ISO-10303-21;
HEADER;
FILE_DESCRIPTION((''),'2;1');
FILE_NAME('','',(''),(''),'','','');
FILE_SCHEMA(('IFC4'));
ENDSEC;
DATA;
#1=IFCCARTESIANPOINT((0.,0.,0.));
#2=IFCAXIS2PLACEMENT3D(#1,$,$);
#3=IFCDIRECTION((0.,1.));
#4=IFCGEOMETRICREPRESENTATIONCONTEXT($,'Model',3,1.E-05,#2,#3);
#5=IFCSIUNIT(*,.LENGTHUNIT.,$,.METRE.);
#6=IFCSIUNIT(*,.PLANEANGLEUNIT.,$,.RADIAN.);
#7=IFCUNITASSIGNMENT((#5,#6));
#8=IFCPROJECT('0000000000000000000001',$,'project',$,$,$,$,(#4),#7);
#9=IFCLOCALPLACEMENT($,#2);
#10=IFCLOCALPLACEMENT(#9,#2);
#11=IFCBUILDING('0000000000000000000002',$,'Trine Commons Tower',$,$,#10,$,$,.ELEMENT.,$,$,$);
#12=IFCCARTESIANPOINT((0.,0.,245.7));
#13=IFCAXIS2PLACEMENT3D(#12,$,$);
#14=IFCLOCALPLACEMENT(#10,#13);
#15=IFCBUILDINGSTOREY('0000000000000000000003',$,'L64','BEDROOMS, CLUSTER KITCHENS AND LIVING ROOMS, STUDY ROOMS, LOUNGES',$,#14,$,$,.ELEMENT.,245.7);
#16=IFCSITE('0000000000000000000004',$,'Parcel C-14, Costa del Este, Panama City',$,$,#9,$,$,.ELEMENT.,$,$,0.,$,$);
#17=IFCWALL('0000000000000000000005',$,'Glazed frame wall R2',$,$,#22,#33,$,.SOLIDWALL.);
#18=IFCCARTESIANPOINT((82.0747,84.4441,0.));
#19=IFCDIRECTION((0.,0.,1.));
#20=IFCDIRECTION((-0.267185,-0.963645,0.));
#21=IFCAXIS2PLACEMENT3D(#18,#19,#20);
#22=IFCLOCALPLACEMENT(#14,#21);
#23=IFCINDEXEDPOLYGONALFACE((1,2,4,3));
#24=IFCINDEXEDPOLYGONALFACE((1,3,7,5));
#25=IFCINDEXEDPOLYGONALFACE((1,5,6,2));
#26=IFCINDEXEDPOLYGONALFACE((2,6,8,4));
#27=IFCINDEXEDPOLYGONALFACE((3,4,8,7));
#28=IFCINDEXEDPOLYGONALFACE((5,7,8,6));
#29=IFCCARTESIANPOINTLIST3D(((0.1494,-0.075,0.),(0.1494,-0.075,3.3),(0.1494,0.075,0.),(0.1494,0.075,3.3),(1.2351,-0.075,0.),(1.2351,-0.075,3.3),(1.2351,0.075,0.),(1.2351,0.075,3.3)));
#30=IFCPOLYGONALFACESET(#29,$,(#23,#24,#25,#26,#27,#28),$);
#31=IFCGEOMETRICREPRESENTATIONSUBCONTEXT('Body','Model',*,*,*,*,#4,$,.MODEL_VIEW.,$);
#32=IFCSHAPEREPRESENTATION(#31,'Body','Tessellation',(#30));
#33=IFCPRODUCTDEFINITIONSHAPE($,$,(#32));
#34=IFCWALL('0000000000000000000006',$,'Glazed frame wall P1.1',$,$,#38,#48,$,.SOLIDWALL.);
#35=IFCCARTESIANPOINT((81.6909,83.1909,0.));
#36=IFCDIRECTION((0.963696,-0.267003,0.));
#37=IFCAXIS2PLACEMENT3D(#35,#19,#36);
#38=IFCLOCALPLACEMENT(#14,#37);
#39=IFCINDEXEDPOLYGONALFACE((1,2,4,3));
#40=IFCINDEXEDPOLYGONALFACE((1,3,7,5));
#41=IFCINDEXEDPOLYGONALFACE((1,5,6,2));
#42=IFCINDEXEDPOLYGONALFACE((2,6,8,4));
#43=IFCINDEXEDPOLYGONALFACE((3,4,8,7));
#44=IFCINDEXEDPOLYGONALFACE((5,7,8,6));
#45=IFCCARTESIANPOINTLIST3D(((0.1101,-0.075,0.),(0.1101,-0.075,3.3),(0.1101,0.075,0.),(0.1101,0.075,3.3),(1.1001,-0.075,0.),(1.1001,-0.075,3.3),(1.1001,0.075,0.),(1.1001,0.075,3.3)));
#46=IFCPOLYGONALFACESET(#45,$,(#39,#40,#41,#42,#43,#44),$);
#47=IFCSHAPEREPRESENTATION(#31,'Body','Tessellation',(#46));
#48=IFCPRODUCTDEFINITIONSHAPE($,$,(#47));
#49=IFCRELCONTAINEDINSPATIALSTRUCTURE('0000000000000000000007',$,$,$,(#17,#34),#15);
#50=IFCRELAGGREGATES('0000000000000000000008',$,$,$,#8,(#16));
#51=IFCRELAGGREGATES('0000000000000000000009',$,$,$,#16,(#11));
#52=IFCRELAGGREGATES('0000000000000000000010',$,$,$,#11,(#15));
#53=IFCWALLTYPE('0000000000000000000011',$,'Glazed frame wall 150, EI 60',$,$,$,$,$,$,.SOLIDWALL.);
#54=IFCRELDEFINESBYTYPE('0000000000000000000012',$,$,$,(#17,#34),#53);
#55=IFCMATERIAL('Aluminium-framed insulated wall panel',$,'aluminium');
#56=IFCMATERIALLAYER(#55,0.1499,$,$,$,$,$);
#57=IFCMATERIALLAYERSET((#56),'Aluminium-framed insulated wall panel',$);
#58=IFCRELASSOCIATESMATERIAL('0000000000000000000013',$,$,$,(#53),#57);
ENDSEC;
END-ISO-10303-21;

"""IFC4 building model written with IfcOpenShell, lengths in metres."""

from ifc_helpers import new_model, si_unit, direction, frame, origin, place, context, subcontext, project, spatial, polyline, outline, extrude, material, layer, layer_set, type_object, element, save


model = new_model("IFC4")

# Units and contexts
model_context = context("Model", 3, precision=1e-05, world=origin(), true_north=direction((0.0, 1.0)))
body_context = subcontext(model_context, "Body", "Model", "MODEL_VIEW")
ifc_project = project(units=[si_unit("LENGTHUNIT", "METRE"), si_unit("PLANEANGLEUNIT", "RADIAN")], contexts=[model_context])

# Site, building, storey
site_placement = place(None, origin())
site = spatial("IfcSite", under=ifc_project, at=site_placement, Name="Parcel C-14, Costa del Este, Panama City", CompositionType="ELEMENT", RefElevation=0.0)
building_placement = place(site_placement, origin())
building = spatial("IfcBuilding", under=site, at=building_placement, Name="Trine Commons Tower", CompositionType="ELEMENT")
storey_placement = place(building_placement, frame((0.0, 0.0, 245.7)))
storey = spatial("IfcBuildingStorey", under=building, at=storey_placement, Name="L64", Description="BEDROOMS, CLUSTER KITCHENS AND LIVING ROOMS, STUDY ROOMS, LOUNGES", CompositionType="ELEMENT", Elevation=245.7)

# Walls
ifc_material_1 = material(Name="Aluminium-framed insulated wall panel", Category="aluminium")
ifc_layer_1 = layer(ifc_material_1, 0.1499)
ifc_layer_set_1 = layer_set([ifc_layer_1], Name="Aluminium-framed insulated wall panel")
wall_type_1 = type_object("IfcWallType", Name="Glazed frame wall 150, EI 60", PredefinedType="SOLIDWALL", material=ifc_layer_set_1)
wall_1_placement = place(storey_placement, frame((82.0747, 84.4441, 0.0), z_axis=(0.0, 0.0, 1.0), x_axis=(-0.267185, -0.963645, 0.0)))
element("IfcWall", 1, at=wall_1_placement, inside=storey, type_object=wall_type_1, Name="Glazed frame wall R2", PredefinedType="SOLIDWALL", context=body_context, shape_type="SweptSolid", body=[
    extrude(outline(polyline([(0.1494, 0.075), (0.1494, -0.075), (1.2351, -0.075), (1.2351, 0.075), (0.1494, 0.075)])), origin(), (0.0, 0.0, 1.0), 3.3),
])
wall_2_placement = place(storey_placement, frame((81.6909, 83.1909, 0.0), z_axis=(0.0, 0.0, 1.0), x_axis=(0.963696, -0.267003, 0.0)))
element("IfcWall", 2, at=wall_2_placement, inside=storey, type_object=wall_type_1, Name="Glazed frame wall P1.1", PredefinedType="SOLIDWALL", context=body_context, shape_type="SweptSolid", body=[
    extrude(outline(polyline([(0.1101, -0.075), (1.1001, -0.075), (1.1001, 0.075), (0.1101, 0.075), (0.1101, -0.075)])), origin(), (0.0, 0.0, 1.0), 3.3),
])

save(model, "model.ifc")
